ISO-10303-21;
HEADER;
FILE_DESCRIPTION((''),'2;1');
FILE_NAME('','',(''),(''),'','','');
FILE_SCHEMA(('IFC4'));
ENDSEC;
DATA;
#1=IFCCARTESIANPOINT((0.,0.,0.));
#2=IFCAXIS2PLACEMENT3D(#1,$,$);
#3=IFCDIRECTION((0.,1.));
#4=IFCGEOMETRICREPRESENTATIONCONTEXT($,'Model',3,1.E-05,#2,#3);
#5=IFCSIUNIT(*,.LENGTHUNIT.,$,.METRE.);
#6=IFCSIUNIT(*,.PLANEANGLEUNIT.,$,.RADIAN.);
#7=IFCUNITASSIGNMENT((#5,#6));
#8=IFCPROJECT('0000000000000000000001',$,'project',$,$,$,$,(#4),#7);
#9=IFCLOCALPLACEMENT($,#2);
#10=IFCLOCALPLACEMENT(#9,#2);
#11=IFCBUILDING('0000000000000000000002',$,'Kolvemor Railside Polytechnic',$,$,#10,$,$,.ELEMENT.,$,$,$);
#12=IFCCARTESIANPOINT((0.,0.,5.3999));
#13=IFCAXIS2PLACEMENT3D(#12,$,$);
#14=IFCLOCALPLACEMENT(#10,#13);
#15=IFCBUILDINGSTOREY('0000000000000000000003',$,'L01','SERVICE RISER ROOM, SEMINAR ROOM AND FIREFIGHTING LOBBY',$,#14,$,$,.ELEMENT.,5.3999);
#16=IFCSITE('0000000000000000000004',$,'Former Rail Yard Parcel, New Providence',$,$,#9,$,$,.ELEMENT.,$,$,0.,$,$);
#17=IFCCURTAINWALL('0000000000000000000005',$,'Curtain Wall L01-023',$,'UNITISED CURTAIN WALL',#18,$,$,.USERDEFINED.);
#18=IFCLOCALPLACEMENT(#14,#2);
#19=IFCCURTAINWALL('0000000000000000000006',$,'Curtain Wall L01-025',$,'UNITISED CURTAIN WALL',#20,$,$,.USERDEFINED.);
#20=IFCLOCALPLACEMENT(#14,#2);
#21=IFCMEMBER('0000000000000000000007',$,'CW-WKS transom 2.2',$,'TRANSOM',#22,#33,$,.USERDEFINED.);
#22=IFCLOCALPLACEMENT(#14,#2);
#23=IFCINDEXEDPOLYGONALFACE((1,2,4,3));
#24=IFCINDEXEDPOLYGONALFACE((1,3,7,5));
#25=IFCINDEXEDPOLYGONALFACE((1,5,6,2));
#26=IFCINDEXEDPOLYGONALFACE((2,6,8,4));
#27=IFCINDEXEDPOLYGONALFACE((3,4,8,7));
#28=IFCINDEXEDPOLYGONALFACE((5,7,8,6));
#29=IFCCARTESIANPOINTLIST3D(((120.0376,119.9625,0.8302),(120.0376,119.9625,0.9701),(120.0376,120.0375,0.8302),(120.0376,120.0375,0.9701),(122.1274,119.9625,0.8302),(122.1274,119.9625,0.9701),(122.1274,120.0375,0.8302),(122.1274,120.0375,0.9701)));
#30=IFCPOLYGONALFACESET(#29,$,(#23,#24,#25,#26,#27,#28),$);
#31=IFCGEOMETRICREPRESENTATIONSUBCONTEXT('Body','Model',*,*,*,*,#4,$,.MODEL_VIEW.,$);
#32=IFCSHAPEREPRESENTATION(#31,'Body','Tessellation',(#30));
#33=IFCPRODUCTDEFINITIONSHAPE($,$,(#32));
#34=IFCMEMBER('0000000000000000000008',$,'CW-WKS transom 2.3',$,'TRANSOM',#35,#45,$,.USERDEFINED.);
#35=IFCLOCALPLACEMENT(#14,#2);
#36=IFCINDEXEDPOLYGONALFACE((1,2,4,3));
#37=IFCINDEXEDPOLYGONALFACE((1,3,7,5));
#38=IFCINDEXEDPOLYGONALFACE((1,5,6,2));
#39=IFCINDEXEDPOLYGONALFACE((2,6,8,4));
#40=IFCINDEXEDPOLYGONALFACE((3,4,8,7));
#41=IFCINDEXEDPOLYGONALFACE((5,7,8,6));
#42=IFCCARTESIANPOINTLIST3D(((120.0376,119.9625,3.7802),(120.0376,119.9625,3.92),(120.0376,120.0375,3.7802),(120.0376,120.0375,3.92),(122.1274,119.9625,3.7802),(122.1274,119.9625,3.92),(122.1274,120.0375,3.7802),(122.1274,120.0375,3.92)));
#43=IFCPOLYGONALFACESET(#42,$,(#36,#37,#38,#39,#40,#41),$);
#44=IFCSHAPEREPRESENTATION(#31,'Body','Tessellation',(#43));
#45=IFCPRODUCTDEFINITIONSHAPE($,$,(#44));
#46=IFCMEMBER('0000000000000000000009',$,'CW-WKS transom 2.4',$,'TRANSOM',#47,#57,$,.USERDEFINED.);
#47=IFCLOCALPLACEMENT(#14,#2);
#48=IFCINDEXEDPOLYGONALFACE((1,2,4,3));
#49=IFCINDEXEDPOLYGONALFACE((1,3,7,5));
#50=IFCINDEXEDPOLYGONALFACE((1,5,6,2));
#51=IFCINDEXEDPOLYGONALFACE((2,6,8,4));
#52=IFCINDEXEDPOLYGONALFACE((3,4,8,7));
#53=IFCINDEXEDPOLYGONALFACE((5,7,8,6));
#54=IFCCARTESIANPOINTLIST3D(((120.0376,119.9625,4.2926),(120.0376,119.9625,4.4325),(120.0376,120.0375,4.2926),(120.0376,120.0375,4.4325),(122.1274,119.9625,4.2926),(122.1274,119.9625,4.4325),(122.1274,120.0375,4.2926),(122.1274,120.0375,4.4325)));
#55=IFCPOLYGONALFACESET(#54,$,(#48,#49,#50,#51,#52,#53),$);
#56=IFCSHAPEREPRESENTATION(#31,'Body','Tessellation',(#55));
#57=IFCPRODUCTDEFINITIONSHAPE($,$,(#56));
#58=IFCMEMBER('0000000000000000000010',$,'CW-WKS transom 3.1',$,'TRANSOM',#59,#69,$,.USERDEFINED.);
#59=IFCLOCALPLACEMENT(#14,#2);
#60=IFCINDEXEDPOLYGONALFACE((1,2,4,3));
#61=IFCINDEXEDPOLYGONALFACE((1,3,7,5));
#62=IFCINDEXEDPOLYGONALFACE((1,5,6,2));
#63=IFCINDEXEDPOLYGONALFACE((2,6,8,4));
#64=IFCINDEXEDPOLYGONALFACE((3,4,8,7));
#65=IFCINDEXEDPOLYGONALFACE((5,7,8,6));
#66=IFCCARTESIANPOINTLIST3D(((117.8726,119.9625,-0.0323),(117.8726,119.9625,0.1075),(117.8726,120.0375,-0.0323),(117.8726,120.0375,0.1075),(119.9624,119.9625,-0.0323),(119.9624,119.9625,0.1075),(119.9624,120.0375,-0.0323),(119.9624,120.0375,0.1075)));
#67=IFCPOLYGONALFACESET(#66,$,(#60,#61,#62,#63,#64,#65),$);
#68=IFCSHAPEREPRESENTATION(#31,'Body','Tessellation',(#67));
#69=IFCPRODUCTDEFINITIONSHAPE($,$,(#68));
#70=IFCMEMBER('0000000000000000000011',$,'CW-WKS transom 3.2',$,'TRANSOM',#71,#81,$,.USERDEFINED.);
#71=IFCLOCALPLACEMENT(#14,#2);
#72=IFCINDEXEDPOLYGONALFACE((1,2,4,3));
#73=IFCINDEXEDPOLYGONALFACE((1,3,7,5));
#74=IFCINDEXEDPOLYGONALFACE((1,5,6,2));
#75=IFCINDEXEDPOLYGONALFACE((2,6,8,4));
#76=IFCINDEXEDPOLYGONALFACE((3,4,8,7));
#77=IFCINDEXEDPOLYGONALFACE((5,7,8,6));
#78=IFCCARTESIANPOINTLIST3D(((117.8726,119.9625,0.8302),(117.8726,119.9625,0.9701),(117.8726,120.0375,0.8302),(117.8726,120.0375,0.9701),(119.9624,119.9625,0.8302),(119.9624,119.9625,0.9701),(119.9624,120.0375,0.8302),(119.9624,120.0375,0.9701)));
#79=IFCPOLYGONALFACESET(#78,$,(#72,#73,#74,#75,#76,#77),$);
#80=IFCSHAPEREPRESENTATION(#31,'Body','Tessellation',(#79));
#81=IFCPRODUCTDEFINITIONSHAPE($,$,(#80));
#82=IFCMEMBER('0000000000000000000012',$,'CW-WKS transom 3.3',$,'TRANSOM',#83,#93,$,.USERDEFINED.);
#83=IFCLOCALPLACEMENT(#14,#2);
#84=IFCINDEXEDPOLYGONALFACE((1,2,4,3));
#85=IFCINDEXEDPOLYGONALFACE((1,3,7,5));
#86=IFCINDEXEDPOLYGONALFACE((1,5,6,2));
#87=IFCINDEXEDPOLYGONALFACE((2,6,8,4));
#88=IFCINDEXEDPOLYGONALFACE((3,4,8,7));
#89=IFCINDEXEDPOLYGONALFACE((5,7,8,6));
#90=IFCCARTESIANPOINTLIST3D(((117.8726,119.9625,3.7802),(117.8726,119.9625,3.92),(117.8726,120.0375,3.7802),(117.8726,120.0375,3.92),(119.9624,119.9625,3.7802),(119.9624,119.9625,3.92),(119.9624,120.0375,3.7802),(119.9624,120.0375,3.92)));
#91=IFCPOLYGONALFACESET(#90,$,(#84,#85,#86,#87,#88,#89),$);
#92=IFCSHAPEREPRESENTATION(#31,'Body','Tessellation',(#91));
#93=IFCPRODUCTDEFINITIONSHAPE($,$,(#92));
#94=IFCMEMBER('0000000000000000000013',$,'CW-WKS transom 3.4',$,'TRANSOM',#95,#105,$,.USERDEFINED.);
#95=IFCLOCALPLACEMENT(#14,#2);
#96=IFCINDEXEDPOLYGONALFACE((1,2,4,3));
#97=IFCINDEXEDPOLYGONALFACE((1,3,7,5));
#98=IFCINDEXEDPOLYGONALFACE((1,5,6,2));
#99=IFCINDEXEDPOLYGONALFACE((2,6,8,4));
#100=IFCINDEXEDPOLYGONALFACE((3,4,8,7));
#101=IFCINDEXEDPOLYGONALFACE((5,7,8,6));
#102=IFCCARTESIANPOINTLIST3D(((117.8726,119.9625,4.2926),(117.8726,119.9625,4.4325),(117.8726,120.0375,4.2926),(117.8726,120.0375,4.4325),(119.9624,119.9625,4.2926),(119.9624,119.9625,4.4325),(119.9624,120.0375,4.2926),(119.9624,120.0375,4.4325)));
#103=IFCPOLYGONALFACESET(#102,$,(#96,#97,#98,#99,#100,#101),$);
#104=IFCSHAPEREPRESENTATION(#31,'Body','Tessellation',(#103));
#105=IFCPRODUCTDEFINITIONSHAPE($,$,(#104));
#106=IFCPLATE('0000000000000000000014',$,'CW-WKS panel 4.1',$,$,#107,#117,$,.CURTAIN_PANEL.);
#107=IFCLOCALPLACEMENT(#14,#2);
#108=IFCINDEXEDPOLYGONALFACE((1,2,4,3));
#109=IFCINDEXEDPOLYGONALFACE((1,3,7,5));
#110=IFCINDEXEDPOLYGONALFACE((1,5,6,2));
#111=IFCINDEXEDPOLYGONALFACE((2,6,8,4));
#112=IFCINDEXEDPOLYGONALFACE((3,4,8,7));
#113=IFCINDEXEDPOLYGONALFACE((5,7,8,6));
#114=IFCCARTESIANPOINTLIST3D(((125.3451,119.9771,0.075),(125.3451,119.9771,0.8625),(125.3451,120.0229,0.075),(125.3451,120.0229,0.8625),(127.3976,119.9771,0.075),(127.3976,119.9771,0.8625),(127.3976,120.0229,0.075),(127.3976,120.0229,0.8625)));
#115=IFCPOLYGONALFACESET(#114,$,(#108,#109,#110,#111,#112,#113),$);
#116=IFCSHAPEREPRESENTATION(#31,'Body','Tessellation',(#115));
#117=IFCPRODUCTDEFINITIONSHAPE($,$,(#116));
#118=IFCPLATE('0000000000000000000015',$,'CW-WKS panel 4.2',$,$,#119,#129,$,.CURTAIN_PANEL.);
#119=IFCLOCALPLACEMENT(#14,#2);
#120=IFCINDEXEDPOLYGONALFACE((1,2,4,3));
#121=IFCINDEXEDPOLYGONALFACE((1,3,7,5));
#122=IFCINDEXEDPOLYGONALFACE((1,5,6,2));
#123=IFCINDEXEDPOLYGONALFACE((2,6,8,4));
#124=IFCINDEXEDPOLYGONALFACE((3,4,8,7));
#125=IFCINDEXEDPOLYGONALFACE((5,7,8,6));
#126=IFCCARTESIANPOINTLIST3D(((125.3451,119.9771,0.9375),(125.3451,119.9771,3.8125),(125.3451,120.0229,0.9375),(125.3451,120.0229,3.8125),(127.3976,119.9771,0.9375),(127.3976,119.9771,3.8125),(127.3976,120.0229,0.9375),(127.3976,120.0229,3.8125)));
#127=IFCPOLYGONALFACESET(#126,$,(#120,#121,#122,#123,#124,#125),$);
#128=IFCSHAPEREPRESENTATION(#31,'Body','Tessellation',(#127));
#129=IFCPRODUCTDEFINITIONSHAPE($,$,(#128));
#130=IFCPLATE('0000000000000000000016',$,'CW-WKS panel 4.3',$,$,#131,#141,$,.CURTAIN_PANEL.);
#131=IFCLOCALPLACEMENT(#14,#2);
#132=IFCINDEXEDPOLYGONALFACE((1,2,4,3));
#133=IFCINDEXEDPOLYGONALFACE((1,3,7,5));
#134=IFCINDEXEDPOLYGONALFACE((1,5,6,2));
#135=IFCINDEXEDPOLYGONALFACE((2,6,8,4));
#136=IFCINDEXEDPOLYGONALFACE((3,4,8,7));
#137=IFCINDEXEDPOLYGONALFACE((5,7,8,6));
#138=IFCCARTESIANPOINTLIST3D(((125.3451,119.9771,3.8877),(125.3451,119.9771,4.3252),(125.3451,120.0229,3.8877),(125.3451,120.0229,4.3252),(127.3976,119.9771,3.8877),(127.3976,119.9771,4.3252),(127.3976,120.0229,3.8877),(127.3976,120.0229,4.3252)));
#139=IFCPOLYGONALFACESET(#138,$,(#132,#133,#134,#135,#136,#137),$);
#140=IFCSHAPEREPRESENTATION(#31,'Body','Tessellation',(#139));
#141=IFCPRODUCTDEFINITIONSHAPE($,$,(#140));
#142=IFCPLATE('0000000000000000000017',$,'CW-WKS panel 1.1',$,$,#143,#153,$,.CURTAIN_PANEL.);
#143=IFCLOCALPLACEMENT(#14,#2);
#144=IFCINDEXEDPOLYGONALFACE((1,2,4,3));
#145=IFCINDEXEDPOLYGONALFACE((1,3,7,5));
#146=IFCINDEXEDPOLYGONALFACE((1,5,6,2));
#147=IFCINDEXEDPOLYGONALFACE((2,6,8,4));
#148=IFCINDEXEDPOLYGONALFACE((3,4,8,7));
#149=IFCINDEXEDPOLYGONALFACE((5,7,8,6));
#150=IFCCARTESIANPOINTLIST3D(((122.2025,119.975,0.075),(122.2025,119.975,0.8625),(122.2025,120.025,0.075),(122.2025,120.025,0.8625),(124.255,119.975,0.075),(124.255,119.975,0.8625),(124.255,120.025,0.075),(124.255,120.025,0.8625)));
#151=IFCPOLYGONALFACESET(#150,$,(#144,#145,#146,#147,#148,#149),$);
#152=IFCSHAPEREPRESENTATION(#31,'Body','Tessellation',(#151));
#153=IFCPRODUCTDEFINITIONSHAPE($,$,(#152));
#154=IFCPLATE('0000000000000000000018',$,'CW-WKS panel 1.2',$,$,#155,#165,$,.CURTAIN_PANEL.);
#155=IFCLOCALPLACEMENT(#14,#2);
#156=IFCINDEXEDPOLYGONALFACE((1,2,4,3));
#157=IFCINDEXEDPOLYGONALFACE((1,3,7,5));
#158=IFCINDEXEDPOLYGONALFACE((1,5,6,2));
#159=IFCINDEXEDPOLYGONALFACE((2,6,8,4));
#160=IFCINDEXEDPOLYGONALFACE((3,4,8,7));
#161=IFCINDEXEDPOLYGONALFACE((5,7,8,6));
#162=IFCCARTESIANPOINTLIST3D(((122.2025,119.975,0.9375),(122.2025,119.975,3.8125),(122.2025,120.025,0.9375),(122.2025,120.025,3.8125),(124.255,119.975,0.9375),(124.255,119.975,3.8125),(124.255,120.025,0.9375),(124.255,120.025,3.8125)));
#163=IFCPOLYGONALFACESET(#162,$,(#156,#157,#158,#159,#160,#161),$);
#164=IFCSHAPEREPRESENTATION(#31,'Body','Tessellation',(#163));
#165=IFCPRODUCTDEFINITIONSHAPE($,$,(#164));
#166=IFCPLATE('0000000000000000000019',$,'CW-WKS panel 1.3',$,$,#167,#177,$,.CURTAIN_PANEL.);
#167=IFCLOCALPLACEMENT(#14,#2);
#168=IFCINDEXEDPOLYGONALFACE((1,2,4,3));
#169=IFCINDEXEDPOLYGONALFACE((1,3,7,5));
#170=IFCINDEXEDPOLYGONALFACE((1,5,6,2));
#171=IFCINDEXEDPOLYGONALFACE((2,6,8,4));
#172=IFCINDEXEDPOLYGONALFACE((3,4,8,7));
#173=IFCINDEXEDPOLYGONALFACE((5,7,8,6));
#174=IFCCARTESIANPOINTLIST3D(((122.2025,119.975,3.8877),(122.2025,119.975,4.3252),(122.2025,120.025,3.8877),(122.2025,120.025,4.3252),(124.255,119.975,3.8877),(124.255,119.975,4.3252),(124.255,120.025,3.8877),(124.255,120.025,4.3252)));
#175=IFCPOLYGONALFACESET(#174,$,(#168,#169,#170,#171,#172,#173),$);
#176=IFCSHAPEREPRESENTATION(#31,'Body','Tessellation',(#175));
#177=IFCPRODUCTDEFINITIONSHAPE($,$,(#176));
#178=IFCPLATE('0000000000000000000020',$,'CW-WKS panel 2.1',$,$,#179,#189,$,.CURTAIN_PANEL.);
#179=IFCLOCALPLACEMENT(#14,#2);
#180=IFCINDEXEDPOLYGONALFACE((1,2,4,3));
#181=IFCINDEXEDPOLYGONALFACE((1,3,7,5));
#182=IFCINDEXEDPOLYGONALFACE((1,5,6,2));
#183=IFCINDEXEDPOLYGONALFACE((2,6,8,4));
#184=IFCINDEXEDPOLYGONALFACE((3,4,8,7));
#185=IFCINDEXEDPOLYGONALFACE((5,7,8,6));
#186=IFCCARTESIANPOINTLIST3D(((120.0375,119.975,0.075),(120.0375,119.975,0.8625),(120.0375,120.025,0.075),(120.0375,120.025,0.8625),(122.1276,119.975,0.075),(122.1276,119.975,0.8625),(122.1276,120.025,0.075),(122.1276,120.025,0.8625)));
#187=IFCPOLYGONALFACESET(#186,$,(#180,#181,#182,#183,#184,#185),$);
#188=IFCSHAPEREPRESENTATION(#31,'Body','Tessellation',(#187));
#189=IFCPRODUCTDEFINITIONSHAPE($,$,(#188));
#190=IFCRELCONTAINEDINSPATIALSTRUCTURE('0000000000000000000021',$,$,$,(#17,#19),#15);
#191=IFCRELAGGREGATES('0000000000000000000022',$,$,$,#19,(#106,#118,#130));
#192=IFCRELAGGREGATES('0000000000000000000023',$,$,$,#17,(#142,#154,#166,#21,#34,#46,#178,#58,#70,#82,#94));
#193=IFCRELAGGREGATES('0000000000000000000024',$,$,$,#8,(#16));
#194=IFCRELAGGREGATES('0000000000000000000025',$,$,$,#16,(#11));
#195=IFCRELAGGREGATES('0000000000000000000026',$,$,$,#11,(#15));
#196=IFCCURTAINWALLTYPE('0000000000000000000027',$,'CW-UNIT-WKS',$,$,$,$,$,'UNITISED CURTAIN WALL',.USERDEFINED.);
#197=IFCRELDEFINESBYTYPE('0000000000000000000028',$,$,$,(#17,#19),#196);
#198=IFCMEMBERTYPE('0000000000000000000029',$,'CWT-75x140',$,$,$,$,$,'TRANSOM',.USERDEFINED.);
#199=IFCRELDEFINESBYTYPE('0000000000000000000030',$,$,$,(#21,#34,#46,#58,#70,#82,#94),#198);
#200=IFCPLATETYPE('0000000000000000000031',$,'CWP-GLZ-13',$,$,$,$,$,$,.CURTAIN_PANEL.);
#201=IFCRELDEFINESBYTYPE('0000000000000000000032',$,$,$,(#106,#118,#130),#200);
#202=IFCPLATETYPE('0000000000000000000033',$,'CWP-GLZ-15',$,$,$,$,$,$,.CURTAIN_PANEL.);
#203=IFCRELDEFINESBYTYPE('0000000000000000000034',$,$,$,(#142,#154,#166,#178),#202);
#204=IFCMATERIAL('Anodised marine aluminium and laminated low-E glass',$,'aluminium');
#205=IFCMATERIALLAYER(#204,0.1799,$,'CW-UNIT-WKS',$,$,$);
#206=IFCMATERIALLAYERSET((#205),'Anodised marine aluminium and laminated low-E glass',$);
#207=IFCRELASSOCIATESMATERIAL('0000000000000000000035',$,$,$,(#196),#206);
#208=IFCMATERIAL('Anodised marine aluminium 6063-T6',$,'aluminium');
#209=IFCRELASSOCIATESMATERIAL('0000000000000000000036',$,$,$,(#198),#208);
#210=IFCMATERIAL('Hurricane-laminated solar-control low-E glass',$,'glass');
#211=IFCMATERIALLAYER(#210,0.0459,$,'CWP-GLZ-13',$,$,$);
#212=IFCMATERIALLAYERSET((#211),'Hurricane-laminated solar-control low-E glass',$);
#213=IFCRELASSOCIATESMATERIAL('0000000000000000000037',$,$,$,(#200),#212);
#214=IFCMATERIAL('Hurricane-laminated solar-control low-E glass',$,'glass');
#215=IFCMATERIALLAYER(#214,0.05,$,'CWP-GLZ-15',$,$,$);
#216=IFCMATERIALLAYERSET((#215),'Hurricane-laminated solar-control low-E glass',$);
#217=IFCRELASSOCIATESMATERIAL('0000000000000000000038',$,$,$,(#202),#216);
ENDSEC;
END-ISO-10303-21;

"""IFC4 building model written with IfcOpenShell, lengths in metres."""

from ifc_helpers import new_model, si_unit, direction, frame, origin, origin_2d, place, context, subcontext, project, spatial, rectangle, extrude, material, layer, layer_set, material_profile, profile_set, type_object, element, aggregate, save


model = new_model("IFC4")

# Units and contexts
model_context = context("Model", 3, precision=1e-05, world=origin(), true_north=direction((0.0, 1.0)))
body_context = subcontext(model_context, "Body", "Model", "MODEL_VIEW")
ifc_project = project(units=[si_unit("LENGTHUNIT", "METRE"), si_unit("PLANEANGLEUNIT", "RADIAN")], contexts=[model_context])

# Site, building, storey
site_placement = place(None, origin())
site = spatial("IfcSite", under=ifc_project, at=site_placement, Name="Former Rail Yard Parcel, New Providence", CompositionType="ELEMENT", RefElevation=0.0)
building_placement = place(site_placement, origin())
building = spatial("IfcBuilding", under=site, at=building_placement, Name="Kolvemor Railside Polytechnic", CompositionType="ELEMENT")
storey_placement = place(building_placement, frame((0.0, 0.0, 5.3999)))
storey = spatial("IfcBuildingStorey", under=building, at=storey_placement, Name="L01", Description="SERVICE RISER ROOM, SEMINAR ROOM AND FIREFIGHTING LOBBY", CompositionType="ELEMENT", Elevation=5.3999)

# Curtain wall
ifc_material_1 = material(Name="Anodised marine aluminium and laminated low-E glass", Category="aluminium")
ifc_layer_1 = layer(ifc_material_1, 0.1799, Name="CW-UNIT-WKS")
ifc_layer_set_1 = layer_set([ifc_layer_1], Name="Anodised marine aluminium and laminated low-E glass")
curtain_wall_type = type_object("IfcCurtainWallType", Name="CW-UNIT-WKS", ElementType="UNITISED CURTAIN WALL", PredefinedType="USERDEFINED", material=ifc_layer_set_1)
curtain_wall_1_placement = place(storey_placement, origin())
curtain_wall_1 = element("IfcCurtainWall", 1, at=curtain_wall_1_placement, inside=storey, type_object=curtain_wall_type, Name="Curtain Wall L01-023", ObjectType="UNITISED CURTAIN WALL", PredefinedType="USERDEFINED")

# Curtain wall
curtain_wall_2_placement = place(storey_placement, origin())
curtain_wall_2 = element("IfcCurtainWall", 2, at=curtain_wall_2_placement, inside=storey, type_object=curtain_wall_type, Name="Curtain Wall L01-025", ObjectType="UNITISED CURTAIN WALL", PredefinedType="USERDEFINED")

# Members
ifc_material_2 = material(Name="Anodised marine aluminium 6063-T6", Category="aluminium")
ifc_material_profile_1 = material_profile(ifc_material_2, rectangle(XDim=0.075, YDim=0.1399, at=origin_2d()), Name="CW-TRN-75x140")
ifc_profile_set_1 = profile_set([ifc_material_profile_1], Name="Anodised marine aluminium 6063-T6")
member_type_1 = type_object("IfcMemberType", Name="CWT-75x140", ElementType="TRANSOM", PredefinedType="USERDEFINED", material=ifc_profile_set_1)
member_1_placement = place(storey_placement, frame((122.1274, 120.0, 0.9001), z_axis=(-1.0, 0.0, 0.0), x_axis=(0.0, -1.0, 0.0)))
member_1 = element("IfcMember", 3, at=member_1_placement, type_object=member_type_1, Name="CW-WKS transom 2.2", ObjectType="TRANSOM", PredefinedType="USERDEFINED", context=body_context, shape_type="SweptSolid", body=[
    extrude(rectangle(XDim=0.075, YDim=0.1399, at=origin_2d()), origin(), (0.0, 0.0, 1.0), 2.0898),
])
member_2_placement = place(storey_placement, frame((122.1274, 120.0, 3.8501), z_axis=(-1.0, 0.0, 0.0), x_axis=(0.0, -1.0, 0.0)))
member_2 = element("IfcMember", 4, at=member_2_placement, type_object=member_type_1, Name="CW-WKS transom 2.3", ObjectType="TRANSOM", PredefinedType="USERDEFINED", context=body_context, shape_type="SweptSolid", body=[
    extrude(rectangle(XDim=0.075, YDim=0.1399, at=origin_2d()), origin(), (0.0, 0.0, 1.0), 2.0898),
])
member_3_placement = place(storey_placement, frame((122.1274, 120.0, 4.3625), z_axis=(-1.0, 0.0, 0.0), x_axis=(0.0, -1.0, 0.0)))
member_3 = element("IfcMember", 5, at=member_3_placement, type_object=member_type_1, Name="CW-WKS transom 2.4", ObjectType="TRANSOM", PredefinedType="USERDEFINED", context=body_context, shape_type="SweptSolid", body=[
    extrude(rectangle(XDim=0.075, YDim=0.1399, at=origin_2d()), origin(), (0.0, 0.0, 1.0), 2.0898),
])
member_4_placement = place(storey_placement, frame((119.9624, 120.0, 0.0376), z_axis=(-1.0, 0.0, 0.0), x_axis=(0.0, -1.0, 0.0)))
member_4 = element("IfcMember", 6, at=member_4_placement, type_object=member_type_1, Name="CW-WKS transom 3.1", ObjectType="TRANSOM", PredefinedType="USERDEFINED", context=body_context, shape_type="SweptSolid", body=[
    extrude(rectangle(XDim=0.075, YDim=0.1399, at=origin_2d()), origin(), (0.0, 0.0, 1.0), 2.0898),
])
member_5_placement = place(storey_placement, frame((119.9624, 120.0, 0.9001), z_axis=(-1.0, 0.0, 0.0), x_axis=(0.0, -1.0, 0.0)))
member_5 = element("IfcMember", 7, at=member_5_placement, type_object=member_type_1, Name="CW-WKS transom 3.2", ObjectType="TRANSOM", PredefinedType="USERDEFINED", context=body_context, shape_type="SweptSolid", body=[
    extrude(rectangle(XDim=0.075, YDim=0.1399, at=origin_2d()), origin(), (0.0, 0.0, 1.0), 2.0898),
])
member_6_placement = place(storey_placement, frame((119.9624, 120.0, 3.8501), z_axis=(-1.0, 0.0, 0.0), x_axis=(0.0, -1.0, 0.0)))
member_6 = element("IfcMember", 8, at=member_6_placement, type_object=member_type_1, Name="CW-WKS transom 3.3", ObjectType="TRANSOM", PredefinedType="USERDEFINED", context=body_context, shape_type="SweptSolid", body=[
    extrude(rectangle(XDim=0.075, YDim=0.1399, at=origin_2d()), origin(), (0.0, 0.0, 1.0), 2.0898),
])
member_7_placement = place(storey_placement, frame((119.9624, 120.0, 4.3625), z_axis=(-1.0, 0.0, 0.0), x_axis=(0.0, -1.0, 0.0)))
member_7 = element("IfcMember", 9, at=member_7_placement, type_object=member_type_1, Name="CW-WKS transom 3.4", ObjectType="TRANSOM", PredefinedType="USERDEFINED", context=body_context, shape_type="SweptSolid", body=[
    extrude(rectangle(XDim=0.075, YDim=0.1399, at=origin_2d()), origin(), (0.0, 0.0, 1.0), 2.0898),
])

# Plates
ifc_material_3 = material(Name="Hurricane-laminated solar-control low-E glass", Category="glass")
ifc_layer_2 = layer(ifc_material_3, 0.0459, Name="CWP-GLZ-13")
ifc_layer_set_2 = layer_set([ifc_layer_2], Name="Hurricane-laminated solar-control low-E glass")
plate_type_1 = type_object("IfcPlateType", Name="CWP-GLZ-13", PredefinedType="CURTAIN_PANEL", material=ifc_layer_set_2)
plate_1_placement = place(storey_placement, frame((126.3713, 120.0, 0.075), z_axis=(0.0, 0.0, 1.0), x_axis=(-1.0, 0.0, 0.0)))
plate_1 = element("IfcPlate", 10, at=plate_1_placement, type_object=plate_type_1, Name="CW-WKS panel 4.1", PredefinedType="CURTAIN_PANEL", context=body_context, shape_type="SweptSolid", body=[
    extrude(rectangle(XDim=2.0525, YDim=0.0459, at=origin_2d()), origin(), (0.0, 0.0, 1.0), 0.7876),
])
plate_2_placement = place(storey_placement, frame((126.3713, 120.0, 0.9375), z_axis=(0.0, 0.0, 1.0), x_axis=(-1.0, 0.0, 0.0)))
plate_2 = element("IfcPlate", 11, at=plate_2_placement, type_object=plate_type_1, Name="CW-WKS panel 4.2", PredefinedType="CURTAIN_PANEL", context=body_context, shape_type="SweptSolid", body=[
    extrude(rectangle(XDim=2.0525, YDim=0.0459, at=origin_2d()), origin(), (0.0, 0.0, 1.0), 2.875),
])
plate_3_placement = place(storey_placement, frame((126.3713, 120.0, 3.8877), z_axis=(0.0, 0.0, 1.0), x_axis=(-1.0, 0.0, 0.0)))
plate_3 = element("IfcPlate", 12, at=plate_3_placement, type_object=plate_type_1, Name="CW-WKS panel 4.3", PredefinedType="CURTAIN_PANEL", context=body_context, shape_type="SweptSolid", body=[
    extrude(rectangle(XDim=2.0525, YDim=0.0459, at=origin_2d()), origin(), (0.0, 0.0, 1.0), 0.4375),
])
aggregate(curtain_wall_2, [plate_1, plate_2, plate_3])
ifc_material_4 = material(Name="Hurricane-laminated solar-control low-E glass", Category="glass")
ifc_layer_3 = layer(ifc_material_4, 0.05, Name="CWP-GLZ-15")
ifc_layer_set_3 = layer_set([ifc_layer_3], Name="Hurricane-laminated solar-control low-E glass")
plate_type_2 = type_object("IfcPlateType", Name="CWP-GLZ-15", PredefinedType="CURTAIN_PANEL", material=ifc_layer_set_3)
plate_4_placement = place(storey_placement, frame((123.2288, 120.0, 0.075), z_axis=(0.0, 0.0, 1.0), x_axis=(-1.0, 0.0, 0.0)))
plate_4 = element("IfcPlate", 13, at=plate_4_placement, type_object=plate_type_2, Name="CW-WKS panel 1.1", PredefinedType="CURTAIN_PANEL", context=body_context, shape_type="SweptSolid", body=[
    extrude(rectangle(XDim=2.0525, YDim=0.05, at=origin_2d()), origin(), (0.0, 0.0, 1.0), 0.7876),
])
plate_5_placement = place(storey_placement, frame((123.2288, 120.0, 0.9375), z_axis=(0.0, 0.0, 1.0), x_axis=(-1.0, 0.0, 0.0)))
plate_5 = element("IfcPlate", 14, at=plate_5_placement, type_object=plate_type_2, Name="CW-WKS panel 1.2", PredefinedType="CURTAIN_PANEL", context=body_context, shape_type="SweptSolid", body=[
    extrude(rectangle(XDim=2.0525, YDim=0.05, at=origin_2d()), origin(), (0.0, 0.0, 1.0), 2.875),
])
plate_6_placement = place(storey_placement, frame((123.2288, 120.0, 3.8877), z_axis=(0.0, 0.0, 1.0), x_axis=(-1.0, 0.0, 0.0)))
plate_6 = element("IfcPlate", 15, at=plate_6_placement, type_object=plate_type_2, Name="CW-WKS panel 1.3", PredefinedType="CURTAIN_PANEL", context=body_context, shape_type="SweptSolid", body=[
    extrude(rectangle(XDim=2.0525, YDim=0.05, at=origin_2d()), origin(), (0.0, 0.0, 1.0), 0.4375),
])
plate_7_placement = place(storey_placement, frame((121.0825, 120.0, 0.075), z_axis=(0.0, 0.0, 1.0), x_axis=(-1.0, 0.0, 0.0)))
plate_7 = element("IfcPlate", 16, at=plate_7_placement, type_object=plate_type_2, Name="CW-WKS panel 2.1", PredefinedType="CURTAIN_PANEL", context=body_context, shape_type="SweptSolid", body=[
    extrude(rectangle(XDim=2.0901, YDim=0.05, at=origin_2d()), origin(), (0.0, 0.0, 1.0), 0.7876),
])
aggregate(curtain_wall_1, [plate_4, plate_5, plate_6, member_1, member_2, member_3, plate_7, member_4, member_5, member_6, member_7])

save(model, "model.ifc")
